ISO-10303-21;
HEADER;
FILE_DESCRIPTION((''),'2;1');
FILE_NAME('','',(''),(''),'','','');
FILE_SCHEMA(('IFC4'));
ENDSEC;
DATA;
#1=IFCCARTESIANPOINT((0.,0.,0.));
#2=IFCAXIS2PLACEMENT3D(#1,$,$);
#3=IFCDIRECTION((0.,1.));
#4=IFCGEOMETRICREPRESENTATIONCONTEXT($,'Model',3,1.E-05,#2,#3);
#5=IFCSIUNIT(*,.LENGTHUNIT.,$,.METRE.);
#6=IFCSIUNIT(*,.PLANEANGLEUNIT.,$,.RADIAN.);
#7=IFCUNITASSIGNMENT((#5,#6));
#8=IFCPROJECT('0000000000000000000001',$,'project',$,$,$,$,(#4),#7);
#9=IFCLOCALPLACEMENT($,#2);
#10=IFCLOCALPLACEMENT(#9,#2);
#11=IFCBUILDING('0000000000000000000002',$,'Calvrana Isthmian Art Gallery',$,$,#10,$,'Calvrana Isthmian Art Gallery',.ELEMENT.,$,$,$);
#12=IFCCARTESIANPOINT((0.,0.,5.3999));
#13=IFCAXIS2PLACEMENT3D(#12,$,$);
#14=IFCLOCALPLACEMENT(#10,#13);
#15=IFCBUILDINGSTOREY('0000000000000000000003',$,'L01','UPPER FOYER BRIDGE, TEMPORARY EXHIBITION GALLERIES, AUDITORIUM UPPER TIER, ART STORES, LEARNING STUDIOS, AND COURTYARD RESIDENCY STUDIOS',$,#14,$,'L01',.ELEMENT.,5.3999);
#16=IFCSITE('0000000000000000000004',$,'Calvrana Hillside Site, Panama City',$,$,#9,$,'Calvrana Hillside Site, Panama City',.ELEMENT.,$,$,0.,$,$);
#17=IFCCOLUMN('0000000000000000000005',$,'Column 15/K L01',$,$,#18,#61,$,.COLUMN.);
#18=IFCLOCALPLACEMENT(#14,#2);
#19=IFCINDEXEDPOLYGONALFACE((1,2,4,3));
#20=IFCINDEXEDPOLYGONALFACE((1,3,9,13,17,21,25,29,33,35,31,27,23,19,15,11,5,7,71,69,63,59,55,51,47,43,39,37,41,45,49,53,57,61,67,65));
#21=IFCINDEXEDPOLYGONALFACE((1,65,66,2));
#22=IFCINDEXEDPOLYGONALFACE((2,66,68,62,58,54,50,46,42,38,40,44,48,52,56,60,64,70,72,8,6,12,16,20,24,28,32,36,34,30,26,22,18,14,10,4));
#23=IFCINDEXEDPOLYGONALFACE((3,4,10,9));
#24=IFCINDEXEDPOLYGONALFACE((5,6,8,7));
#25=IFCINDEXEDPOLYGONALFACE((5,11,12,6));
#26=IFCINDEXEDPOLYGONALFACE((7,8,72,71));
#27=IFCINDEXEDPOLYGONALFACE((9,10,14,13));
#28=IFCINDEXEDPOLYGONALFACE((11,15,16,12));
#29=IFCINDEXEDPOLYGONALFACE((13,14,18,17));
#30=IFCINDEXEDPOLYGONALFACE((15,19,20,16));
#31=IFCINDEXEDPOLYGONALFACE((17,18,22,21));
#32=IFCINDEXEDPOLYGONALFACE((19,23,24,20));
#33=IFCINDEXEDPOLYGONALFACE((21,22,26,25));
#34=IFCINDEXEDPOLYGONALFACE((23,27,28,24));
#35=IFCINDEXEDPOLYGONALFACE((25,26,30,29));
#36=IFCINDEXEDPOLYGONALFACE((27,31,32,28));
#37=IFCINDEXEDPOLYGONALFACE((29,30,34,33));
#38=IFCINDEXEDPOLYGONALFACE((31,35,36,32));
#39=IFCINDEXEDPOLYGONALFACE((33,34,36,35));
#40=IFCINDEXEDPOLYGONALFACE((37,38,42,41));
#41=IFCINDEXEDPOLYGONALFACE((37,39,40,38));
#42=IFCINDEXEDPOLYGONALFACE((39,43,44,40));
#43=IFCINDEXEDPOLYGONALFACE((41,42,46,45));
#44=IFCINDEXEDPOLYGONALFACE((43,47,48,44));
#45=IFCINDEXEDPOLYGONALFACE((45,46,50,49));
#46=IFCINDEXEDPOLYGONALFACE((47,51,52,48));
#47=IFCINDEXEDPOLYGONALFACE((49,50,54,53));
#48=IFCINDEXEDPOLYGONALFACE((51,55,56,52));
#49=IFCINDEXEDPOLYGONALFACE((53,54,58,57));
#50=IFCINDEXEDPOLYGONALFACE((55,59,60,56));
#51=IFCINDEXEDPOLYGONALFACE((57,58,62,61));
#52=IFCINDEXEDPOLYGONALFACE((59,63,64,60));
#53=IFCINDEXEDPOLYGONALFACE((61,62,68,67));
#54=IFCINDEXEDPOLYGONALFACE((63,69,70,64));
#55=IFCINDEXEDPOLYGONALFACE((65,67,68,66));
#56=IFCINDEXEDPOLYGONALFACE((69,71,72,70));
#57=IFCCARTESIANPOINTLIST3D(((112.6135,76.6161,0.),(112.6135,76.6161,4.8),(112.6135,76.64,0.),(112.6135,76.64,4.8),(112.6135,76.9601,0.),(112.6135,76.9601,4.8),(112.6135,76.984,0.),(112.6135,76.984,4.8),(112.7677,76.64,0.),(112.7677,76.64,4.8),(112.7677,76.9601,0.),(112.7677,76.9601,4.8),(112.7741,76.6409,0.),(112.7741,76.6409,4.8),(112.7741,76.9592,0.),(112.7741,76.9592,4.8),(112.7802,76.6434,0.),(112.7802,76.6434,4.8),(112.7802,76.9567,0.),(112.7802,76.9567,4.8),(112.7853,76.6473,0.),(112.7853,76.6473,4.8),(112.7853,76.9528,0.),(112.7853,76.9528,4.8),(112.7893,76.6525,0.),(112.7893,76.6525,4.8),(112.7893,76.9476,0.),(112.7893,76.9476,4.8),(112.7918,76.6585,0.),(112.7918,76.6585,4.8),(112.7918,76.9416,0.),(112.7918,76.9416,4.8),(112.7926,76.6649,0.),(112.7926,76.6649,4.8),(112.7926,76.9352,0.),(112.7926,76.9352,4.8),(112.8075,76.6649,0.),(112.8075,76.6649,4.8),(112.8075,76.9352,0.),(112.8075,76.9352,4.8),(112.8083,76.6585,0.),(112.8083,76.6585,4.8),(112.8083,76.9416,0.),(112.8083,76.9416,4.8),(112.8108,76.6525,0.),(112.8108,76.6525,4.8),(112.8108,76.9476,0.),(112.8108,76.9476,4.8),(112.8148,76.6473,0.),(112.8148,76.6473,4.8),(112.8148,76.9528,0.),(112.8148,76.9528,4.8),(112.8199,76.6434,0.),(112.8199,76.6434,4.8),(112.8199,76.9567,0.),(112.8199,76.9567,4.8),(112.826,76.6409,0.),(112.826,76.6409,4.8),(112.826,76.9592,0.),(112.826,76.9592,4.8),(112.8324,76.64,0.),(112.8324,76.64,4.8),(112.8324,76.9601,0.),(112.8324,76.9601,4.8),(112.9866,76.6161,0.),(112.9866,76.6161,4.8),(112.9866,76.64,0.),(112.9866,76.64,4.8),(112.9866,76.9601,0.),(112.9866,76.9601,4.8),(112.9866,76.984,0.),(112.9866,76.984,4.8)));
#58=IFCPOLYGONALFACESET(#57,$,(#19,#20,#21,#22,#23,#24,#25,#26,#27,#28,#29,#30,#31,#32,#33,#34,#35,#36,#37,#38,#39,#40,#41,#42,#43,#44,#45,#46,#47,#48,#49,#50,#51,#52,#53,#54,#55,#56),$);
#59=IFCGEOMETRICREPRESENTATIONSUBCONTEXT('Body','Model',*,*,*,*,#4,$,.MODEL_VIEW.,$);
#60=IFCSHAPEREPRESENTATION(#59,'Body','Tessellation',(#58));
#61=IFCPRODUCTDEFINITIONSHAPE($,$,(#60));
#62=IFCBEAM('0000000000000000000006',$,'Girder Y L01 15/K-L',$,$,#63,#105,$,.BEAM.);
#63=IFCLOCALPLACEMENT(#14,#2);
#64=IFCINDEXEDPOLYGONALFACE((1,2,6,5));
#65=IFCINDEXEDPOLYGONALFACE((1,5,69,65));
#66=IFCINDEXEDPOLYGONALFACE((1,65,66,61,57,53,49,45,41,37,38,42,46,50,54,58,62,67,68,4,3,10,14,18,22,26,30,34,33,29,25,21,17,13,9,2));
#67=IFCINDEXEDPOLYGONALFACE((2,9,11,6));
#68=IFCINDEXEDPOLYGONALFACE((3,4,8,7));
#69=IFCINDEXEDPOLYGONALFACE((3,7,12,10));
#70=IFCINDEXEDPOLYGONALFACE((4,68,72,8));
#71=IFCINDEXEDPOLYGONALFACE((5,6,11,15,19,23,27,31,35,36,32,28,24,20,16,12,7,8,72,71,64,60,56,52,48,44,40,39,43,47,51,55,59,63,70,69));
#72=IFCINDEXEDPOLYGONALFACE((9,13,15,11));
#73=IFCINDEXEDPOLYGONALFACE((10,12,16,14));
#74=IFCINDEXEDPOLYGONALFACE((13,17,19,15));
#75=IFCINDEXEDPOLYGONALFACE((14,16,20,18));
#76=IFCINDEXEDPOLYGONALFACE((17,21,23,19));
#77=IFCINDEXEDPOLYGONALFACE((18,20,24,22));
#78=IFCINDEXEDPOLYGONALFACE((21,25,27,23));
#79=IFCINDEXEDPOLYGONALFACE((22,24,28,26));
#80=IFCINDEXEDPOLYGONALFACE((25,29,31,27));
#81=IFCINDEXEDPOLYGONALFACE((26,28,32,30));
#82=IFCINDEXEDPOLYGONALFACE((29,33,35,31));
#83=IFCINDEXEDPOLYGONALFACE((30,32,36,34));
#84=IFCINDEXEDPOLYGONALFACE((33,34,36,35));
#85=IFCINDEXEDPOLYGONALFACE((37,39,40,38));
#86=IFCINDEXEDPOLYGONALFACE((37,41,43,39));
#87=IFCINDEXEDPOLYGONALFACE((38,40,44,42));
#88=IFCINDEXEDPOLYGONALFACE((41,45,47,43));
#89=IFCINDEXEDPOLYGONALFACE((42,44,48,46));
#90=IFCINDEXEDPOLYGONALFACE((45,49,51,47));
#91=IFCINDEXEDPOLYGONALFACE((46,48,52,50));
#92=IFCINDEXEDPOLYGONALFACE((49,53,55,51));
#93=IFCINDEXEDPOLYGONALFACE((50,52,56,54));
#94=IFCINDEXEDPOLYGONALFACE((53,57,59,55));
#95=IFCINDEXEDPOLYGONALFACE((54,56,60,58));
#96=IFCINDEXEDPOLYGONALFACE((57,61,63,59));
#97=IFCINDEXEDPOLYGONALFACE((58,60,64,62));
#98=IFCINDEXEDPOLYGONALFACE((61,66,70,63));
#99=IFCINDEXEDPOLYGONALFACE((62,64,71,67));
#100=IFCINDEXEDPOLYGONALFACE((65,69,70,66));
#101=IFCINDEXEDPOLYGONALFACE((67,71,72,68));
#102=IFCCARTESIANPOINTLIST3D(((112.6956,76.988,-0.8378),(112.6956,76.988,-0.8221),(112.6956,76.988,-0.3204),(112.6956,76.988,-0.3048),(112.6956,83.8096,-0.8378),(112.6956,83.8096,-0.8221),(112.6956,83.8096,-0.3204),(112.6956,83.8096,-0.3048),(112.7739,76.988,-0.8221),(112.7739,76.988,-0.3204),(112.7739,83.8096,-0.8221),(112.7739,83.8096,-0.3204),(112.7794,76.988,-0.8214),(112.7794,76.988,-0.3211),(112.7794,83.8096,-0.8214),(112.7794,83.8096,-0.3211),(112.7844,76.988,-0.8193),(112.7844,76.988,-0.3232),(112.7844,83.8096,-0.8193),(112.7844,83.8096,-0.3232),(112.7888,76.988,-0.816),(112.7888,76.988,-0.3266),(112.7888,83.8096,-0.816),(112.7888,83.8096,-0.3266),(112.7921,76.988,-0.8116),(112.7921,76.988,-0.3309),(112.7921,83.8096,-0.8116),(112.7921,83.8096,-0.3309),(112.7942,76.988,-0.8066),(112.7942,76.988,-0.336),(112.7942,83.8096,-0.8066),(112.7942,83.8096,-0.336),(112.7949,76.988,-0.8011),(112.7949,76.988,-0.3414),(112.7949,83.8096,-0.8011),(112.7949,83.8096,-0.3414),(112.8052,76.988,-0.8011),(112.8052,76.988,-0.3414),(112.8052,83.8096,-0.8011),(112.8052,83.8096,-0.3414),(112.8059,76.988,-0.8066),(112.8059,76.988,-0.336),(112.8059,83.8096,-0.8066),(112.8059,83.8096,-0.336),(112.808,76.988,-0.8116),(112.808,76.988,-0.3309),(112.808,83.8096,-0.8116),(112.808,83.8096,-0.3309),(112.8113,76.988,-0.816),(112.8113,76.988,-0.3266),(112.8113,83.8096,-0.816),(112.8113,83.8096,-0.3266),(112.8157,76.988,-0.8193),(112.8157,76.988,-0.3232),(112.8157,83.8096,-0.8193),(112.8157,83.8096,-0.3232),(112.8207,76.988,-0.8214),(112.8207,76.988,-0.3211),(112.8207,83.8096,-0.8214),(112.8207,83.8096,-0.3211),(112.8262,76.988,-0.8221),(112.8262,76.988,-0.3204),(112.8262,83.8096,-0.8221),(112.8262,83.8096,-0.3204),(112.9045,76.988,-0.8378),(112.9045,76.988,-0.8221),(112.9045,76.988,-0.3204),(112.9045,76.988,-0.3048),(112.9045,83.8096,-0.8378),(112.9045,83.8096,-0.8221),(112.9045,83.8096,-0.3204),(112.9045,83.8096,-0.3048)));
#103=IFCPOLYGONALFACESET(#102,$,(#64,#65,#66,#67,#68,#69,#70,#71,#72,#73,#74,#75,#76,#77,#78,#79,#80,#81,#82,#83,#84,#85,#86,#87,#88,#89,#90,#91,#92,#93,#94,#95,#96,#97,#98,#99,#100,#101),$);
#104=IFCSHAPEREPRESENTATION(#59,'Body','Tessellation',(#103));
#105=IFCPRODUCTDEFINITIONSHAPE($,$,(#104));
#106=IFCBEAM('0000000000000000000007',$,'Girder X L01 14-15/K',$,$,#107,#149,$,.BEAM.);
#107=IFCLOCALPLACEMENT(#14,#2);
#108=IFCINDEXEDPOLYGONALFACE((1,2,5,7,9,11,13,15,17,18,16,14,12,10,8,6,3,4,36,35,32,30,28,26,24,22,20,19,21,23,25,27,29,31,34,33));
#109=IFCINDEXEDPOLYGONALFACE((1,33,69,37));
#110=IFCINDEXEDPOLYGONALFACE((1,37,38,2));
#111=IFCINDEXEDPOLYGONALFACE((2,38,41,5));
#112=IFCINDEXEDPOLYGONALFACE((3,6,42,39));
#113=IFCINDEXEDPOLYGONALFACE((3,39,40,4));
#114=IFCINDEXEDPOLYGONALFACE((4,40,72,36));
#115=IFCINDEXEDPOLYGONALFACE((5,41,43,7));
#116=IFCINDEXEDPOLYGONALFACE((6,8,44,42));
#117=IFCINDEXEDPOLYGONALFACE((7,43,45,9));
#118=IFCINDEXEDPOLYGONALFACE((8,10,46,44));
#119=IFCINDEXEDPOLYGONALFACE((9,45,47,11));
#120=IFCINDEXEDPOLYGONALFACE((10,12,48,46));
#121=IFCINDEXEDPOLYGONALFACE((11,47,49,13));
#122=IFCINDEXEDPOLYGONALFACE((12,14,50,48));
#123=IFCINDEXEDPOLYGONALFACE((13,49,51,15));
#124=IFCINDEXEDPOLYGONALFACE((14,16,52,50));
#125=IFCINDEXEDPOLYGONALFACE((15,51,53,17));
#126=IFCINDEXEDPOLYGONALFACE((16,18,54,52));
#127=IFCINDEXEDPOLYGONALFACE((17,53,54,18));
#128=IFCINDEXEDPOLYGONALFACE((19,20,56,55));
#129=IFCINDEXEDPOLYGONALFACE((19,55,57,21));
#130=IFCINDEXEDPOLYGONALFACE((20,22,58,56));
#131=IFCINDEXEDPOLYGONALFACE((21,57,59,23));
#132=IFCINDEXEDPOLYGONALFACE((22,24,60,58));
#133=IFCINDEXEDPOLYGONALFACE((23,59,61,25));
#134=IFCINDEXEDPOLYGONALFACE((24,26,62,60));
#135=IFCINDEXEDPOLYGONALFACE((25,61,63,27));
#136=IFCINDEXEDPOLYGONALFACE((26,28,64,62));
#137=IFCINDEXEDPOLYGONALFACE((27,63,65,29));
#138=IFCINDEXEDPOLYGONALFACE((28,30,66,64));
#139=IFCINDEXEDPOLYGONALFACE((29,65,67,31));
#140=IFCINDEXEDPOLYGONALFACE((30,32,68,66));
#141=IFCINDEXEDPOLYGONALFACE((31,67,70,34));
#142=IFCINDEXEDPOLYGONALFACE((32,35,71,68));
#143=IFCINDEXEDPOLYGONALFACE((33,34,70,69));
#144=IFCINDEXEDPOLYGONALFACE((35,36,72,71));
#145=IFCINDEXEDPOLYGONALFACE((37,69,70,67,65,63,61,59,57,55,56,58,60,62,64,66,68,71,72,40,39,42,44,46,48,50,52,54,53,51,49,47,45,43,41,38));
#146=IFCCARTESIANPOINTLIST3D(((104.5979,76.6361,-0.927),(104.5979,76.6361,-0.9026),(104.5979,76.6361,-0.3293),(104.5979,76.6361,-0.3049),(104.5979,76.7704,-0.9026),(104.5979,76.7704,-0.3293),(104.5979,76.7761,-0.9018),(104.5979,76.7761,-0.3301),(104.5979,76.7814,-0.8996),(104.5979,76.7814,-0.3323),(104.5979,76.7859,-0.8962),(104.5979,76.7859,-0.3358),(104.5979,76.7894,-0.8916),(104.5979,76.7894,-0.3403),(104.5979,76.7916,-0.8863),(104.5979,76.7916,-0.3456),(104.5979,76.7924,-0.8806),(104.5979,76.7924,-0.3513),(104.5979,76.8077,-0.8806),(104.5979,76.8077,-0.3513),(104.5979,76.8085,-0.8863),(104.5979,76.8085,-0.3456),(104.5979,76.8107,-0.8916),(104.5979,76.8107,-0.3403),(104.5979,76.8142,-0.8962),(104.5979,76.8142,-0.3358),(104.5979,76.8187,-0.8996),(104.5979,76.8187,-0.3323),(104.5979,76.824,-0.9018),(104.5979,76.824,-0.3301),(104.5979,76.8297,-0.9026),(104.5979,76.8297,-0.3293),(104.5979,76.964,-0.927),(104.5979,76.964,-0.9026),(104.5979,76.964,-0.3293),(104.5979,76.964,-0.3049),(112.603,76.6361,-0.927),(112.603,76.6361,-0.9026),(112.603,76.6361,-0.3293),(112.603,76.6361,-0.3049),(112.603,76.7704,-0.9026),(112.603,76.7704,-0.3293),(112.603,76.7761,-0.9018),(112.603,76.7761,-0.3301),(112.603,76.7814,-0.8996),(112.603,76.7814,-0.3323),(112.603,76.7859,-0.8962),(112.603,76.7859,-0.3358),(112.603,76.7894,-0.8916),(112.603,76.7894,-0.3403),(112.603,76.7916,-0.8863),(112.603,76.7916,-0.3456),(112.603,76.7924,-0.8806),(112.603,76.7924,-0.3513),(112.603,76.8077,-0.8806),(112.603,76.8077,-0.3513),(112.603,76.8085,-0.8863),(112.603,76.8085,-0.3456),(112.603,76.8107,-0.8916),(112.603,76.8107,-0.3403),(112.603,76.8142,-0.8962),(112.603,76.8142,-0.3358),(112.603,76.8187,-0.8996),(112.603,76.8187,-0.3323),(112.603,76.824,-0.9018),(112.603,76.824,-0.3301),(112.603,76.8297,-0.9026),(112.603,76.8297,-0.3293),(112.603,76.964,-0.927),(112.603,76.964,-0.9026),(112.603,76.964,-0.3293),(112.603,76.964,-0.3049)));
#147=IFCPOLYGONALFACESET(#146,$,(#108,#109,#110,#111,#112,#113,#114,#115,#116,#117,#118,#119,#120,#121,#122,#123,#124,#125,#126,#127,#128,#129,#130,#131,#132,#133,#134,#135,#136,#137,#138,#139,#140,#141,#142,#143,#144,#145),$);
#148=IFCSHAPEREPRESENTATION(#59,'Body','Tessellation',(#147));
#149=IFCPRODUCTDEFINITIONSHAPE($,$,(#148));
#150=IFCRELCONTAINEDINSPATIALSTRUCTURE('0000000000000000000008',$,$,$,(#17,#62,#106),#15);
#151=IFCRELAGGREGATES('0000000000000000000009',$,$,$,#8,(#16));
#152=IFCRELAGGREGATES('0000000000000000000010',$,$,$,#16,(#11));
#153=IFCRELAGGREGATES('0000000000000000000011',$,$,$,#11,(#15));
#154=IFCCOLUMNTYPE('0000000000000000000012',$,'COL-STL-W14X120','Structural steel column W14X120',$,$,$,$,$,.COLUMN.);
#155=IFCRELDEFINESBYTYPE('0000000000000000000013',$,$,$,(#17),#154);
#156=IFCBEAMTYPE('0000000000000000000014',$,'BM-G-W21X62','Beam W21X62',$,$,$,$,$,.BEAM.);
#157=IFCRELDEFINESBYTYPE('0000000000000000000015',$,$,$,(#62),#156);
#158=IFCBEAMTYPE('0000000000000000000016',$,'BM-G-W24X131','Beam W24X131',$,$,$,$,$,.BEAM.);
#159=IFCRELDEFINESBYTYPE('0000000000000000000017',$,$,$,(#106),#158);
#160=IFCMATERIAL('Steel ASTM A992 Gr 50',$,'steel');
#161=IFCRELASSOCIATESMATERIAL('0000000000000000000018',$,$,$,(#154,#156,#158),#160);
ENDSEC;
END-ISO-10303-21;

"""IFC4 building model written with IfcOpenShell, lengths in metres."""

from ifc_helpers import new_model, si_unit, direction, frame, origin, origin_2d, place, context, subcontext, project, spatial, i_section, extrude, material, material_profile, profile_set, type_object, element, save


model = new_model("IFC4")

# Units and contexts
model_context = context("Model", 3, precision=1e-05, world=origin(), true_north=direction((0.0, 1.0)))
body_context = subcontext(model_context, "Body", "Model", "MODEL_VIEW")
ifc_project = project(units=[si_unit("LENGTHUNIT", "METRE"), si_unit("PLANEANGLEUNIT", "RADIAN")], contexts=[model_context])

# Site, building, storey
site_placement = place(None, origin())
site = spatial("IfcSite", under=ifc_project, at=site_placement, Name="Calvrana Hillside Site, Panama City", LongName="Calvrana Hillside Site, Panama City", CompositionType="ELEMENT", RefElevation=0.0)
building_placement = place(site_placement, origin())
building = spatial("IfcBuilding", under=site, at=building_placement, Name="Calvrana Isthmian Art Gallery", LongName="Calvrana Isthmian Art Gallery", CompositionType="ELEMENT")
storey_placement = place(building_placement, frame((0.0, 0.0, 5.3999)))
storey = spatial("IfcBuildingStorey", under=building, at=storey_placement, Name="L01", Description="UPPER FOYER BRIDGE, TEMPORARY EXHIBITION GALLERIES, AUDITORIUM UPPER TIER, ART STORES, LEARNING STUDIOS, AND COURTYARD RESIDENCY STUDIOS", LongName="L01", CompositionType="ELEMENT", Elevation=5.3999)

# Column
ifc_material_1 = material(Name="Steel ASTM A992 Gr 50", Category="steel")
ifc_material_profile_1 = material_profile(ifc_material_1, i_section(OverallWidth=0.373, OverallDepth=0.3679, WebThickness=0.0149, FlangeThickness=0.0239, FilletRadius=0.0249, at=origin_2d()), Name="W14X120")
ifc_profile_set_1 = profile_set([ifc_material_profile_1], Name="Steel ASTM A992 Gr 50")
column_type = type_object("IfcColumnType", Name="COL-STL-W14X120", Description="Structural steel column W14X120", PredefinedType="COLUMN", material=ifc_profile_set_1)
column_placement = place(storey_placement, frame((112.8, 76.8, 0.0), z_axis=(0.0, 0.0, 1.0), x_axis=(1.0, 0.0, 0.0)))
element("IfcColumn", 1, at=column_placement, inside=storey, type_object=column_type, Name="Column 15/K L01", PredefinedType="COLUMN", context=body_context, shape_type="SweptSolid", body=[
    extrude(i_section(OverallWidth=0.373, OverallDepth=0.3679, WebThickness=0.0149, FlangeThickness=0.0239, FilletRadius=0.0249, at=origin_2d()), origin(), (0.0, 0.0, 1.0), 4.8),
])

# Beams
ifc_material_profile_2 = material_profile(ifc_material_1, i_section(OverallWidth=0.209, OverallDepth=0.533, WebThickness=0.0103, FlangeThickness=0.0156, FilletRadius=0.021, at=origin_2d()), Name="W21X62")
ifc_profile_set_2 = profile_set([ifc_material_profile_2], Name="Steel ASTM A992 Gr 50")
beam_type_1 = type_object("IfcBeamType", Name="BM-G-W21X62", Description="Beam W21X62", PredefinedType="BEAM", material=ifc_profile_set_2)
beam_1_placement = place(storey_placement, frame((112.8, 76.988, -0.5713), z_axis=(0.0, 1.0, 0.0), x_axis=(-1.0, 0.0, 0.0)))
element("IfcBeam", 2, at=beam_1_placement, inside=storey, type_object=beam_type_1, Name="Girder Y L01 15/K-L", PredefinedType="BEAM", context=body_context, shape_type="SweptSolid", body=[
    extrude(i_section(OverallWidth=0.209, OverallDepth=0.533, WebThickness=0.0103, FlangeThickness=0.0156, FilletRadius=0.021, at=origin_2d()), origin(), (0.0, 0.0, 1.0), 6.8215),
])
ifc_material_profile_3 = material_profile(ifc_material_1, i_section(OverallWidth=0.3279, OverallDepth=0.6221, WebThickness=0.0154, FlangeThickness=0.0244, FilletRadius=0.022, at=origin_2d()), Name="W24X131")
ifc_profile_set_3 = profile_set([ifc_material_profile_3], Name="Steel ASTM A992 Gr 50")
beam_type_2 = type_object("IfcBeamType", Name="BM-G-W24X131", Description="Beam W24X131", PredefinedType="BEAM", material=ifc_profile_set_3)
beam_2_placement = place(storey_placement, frame((104.5979, 76.8, -0.616), z_axis=(1.0, 0.0, 0.0), x_axis=(0.0, 1.0, 0.0)))
element("IfcBeam", 3, at=beam_2_placement, inside=storey, type_object=beam_type_2, Name="Girder X L01 14-15/K", PredefinedType="BEAM", context=body_context, shape_type="SweptSolid", body=[
    extrude(i_section(OverallWidth=0.3279, OverallDepth=0.6221, WebThickness=0.0154, FlangeThickness=0.0244, FilletRadius=0.022, at=origin_2d()), origin(), (0.0, 0.0, 1.0), 8.0051),
])

save(model, "model.ifc")
